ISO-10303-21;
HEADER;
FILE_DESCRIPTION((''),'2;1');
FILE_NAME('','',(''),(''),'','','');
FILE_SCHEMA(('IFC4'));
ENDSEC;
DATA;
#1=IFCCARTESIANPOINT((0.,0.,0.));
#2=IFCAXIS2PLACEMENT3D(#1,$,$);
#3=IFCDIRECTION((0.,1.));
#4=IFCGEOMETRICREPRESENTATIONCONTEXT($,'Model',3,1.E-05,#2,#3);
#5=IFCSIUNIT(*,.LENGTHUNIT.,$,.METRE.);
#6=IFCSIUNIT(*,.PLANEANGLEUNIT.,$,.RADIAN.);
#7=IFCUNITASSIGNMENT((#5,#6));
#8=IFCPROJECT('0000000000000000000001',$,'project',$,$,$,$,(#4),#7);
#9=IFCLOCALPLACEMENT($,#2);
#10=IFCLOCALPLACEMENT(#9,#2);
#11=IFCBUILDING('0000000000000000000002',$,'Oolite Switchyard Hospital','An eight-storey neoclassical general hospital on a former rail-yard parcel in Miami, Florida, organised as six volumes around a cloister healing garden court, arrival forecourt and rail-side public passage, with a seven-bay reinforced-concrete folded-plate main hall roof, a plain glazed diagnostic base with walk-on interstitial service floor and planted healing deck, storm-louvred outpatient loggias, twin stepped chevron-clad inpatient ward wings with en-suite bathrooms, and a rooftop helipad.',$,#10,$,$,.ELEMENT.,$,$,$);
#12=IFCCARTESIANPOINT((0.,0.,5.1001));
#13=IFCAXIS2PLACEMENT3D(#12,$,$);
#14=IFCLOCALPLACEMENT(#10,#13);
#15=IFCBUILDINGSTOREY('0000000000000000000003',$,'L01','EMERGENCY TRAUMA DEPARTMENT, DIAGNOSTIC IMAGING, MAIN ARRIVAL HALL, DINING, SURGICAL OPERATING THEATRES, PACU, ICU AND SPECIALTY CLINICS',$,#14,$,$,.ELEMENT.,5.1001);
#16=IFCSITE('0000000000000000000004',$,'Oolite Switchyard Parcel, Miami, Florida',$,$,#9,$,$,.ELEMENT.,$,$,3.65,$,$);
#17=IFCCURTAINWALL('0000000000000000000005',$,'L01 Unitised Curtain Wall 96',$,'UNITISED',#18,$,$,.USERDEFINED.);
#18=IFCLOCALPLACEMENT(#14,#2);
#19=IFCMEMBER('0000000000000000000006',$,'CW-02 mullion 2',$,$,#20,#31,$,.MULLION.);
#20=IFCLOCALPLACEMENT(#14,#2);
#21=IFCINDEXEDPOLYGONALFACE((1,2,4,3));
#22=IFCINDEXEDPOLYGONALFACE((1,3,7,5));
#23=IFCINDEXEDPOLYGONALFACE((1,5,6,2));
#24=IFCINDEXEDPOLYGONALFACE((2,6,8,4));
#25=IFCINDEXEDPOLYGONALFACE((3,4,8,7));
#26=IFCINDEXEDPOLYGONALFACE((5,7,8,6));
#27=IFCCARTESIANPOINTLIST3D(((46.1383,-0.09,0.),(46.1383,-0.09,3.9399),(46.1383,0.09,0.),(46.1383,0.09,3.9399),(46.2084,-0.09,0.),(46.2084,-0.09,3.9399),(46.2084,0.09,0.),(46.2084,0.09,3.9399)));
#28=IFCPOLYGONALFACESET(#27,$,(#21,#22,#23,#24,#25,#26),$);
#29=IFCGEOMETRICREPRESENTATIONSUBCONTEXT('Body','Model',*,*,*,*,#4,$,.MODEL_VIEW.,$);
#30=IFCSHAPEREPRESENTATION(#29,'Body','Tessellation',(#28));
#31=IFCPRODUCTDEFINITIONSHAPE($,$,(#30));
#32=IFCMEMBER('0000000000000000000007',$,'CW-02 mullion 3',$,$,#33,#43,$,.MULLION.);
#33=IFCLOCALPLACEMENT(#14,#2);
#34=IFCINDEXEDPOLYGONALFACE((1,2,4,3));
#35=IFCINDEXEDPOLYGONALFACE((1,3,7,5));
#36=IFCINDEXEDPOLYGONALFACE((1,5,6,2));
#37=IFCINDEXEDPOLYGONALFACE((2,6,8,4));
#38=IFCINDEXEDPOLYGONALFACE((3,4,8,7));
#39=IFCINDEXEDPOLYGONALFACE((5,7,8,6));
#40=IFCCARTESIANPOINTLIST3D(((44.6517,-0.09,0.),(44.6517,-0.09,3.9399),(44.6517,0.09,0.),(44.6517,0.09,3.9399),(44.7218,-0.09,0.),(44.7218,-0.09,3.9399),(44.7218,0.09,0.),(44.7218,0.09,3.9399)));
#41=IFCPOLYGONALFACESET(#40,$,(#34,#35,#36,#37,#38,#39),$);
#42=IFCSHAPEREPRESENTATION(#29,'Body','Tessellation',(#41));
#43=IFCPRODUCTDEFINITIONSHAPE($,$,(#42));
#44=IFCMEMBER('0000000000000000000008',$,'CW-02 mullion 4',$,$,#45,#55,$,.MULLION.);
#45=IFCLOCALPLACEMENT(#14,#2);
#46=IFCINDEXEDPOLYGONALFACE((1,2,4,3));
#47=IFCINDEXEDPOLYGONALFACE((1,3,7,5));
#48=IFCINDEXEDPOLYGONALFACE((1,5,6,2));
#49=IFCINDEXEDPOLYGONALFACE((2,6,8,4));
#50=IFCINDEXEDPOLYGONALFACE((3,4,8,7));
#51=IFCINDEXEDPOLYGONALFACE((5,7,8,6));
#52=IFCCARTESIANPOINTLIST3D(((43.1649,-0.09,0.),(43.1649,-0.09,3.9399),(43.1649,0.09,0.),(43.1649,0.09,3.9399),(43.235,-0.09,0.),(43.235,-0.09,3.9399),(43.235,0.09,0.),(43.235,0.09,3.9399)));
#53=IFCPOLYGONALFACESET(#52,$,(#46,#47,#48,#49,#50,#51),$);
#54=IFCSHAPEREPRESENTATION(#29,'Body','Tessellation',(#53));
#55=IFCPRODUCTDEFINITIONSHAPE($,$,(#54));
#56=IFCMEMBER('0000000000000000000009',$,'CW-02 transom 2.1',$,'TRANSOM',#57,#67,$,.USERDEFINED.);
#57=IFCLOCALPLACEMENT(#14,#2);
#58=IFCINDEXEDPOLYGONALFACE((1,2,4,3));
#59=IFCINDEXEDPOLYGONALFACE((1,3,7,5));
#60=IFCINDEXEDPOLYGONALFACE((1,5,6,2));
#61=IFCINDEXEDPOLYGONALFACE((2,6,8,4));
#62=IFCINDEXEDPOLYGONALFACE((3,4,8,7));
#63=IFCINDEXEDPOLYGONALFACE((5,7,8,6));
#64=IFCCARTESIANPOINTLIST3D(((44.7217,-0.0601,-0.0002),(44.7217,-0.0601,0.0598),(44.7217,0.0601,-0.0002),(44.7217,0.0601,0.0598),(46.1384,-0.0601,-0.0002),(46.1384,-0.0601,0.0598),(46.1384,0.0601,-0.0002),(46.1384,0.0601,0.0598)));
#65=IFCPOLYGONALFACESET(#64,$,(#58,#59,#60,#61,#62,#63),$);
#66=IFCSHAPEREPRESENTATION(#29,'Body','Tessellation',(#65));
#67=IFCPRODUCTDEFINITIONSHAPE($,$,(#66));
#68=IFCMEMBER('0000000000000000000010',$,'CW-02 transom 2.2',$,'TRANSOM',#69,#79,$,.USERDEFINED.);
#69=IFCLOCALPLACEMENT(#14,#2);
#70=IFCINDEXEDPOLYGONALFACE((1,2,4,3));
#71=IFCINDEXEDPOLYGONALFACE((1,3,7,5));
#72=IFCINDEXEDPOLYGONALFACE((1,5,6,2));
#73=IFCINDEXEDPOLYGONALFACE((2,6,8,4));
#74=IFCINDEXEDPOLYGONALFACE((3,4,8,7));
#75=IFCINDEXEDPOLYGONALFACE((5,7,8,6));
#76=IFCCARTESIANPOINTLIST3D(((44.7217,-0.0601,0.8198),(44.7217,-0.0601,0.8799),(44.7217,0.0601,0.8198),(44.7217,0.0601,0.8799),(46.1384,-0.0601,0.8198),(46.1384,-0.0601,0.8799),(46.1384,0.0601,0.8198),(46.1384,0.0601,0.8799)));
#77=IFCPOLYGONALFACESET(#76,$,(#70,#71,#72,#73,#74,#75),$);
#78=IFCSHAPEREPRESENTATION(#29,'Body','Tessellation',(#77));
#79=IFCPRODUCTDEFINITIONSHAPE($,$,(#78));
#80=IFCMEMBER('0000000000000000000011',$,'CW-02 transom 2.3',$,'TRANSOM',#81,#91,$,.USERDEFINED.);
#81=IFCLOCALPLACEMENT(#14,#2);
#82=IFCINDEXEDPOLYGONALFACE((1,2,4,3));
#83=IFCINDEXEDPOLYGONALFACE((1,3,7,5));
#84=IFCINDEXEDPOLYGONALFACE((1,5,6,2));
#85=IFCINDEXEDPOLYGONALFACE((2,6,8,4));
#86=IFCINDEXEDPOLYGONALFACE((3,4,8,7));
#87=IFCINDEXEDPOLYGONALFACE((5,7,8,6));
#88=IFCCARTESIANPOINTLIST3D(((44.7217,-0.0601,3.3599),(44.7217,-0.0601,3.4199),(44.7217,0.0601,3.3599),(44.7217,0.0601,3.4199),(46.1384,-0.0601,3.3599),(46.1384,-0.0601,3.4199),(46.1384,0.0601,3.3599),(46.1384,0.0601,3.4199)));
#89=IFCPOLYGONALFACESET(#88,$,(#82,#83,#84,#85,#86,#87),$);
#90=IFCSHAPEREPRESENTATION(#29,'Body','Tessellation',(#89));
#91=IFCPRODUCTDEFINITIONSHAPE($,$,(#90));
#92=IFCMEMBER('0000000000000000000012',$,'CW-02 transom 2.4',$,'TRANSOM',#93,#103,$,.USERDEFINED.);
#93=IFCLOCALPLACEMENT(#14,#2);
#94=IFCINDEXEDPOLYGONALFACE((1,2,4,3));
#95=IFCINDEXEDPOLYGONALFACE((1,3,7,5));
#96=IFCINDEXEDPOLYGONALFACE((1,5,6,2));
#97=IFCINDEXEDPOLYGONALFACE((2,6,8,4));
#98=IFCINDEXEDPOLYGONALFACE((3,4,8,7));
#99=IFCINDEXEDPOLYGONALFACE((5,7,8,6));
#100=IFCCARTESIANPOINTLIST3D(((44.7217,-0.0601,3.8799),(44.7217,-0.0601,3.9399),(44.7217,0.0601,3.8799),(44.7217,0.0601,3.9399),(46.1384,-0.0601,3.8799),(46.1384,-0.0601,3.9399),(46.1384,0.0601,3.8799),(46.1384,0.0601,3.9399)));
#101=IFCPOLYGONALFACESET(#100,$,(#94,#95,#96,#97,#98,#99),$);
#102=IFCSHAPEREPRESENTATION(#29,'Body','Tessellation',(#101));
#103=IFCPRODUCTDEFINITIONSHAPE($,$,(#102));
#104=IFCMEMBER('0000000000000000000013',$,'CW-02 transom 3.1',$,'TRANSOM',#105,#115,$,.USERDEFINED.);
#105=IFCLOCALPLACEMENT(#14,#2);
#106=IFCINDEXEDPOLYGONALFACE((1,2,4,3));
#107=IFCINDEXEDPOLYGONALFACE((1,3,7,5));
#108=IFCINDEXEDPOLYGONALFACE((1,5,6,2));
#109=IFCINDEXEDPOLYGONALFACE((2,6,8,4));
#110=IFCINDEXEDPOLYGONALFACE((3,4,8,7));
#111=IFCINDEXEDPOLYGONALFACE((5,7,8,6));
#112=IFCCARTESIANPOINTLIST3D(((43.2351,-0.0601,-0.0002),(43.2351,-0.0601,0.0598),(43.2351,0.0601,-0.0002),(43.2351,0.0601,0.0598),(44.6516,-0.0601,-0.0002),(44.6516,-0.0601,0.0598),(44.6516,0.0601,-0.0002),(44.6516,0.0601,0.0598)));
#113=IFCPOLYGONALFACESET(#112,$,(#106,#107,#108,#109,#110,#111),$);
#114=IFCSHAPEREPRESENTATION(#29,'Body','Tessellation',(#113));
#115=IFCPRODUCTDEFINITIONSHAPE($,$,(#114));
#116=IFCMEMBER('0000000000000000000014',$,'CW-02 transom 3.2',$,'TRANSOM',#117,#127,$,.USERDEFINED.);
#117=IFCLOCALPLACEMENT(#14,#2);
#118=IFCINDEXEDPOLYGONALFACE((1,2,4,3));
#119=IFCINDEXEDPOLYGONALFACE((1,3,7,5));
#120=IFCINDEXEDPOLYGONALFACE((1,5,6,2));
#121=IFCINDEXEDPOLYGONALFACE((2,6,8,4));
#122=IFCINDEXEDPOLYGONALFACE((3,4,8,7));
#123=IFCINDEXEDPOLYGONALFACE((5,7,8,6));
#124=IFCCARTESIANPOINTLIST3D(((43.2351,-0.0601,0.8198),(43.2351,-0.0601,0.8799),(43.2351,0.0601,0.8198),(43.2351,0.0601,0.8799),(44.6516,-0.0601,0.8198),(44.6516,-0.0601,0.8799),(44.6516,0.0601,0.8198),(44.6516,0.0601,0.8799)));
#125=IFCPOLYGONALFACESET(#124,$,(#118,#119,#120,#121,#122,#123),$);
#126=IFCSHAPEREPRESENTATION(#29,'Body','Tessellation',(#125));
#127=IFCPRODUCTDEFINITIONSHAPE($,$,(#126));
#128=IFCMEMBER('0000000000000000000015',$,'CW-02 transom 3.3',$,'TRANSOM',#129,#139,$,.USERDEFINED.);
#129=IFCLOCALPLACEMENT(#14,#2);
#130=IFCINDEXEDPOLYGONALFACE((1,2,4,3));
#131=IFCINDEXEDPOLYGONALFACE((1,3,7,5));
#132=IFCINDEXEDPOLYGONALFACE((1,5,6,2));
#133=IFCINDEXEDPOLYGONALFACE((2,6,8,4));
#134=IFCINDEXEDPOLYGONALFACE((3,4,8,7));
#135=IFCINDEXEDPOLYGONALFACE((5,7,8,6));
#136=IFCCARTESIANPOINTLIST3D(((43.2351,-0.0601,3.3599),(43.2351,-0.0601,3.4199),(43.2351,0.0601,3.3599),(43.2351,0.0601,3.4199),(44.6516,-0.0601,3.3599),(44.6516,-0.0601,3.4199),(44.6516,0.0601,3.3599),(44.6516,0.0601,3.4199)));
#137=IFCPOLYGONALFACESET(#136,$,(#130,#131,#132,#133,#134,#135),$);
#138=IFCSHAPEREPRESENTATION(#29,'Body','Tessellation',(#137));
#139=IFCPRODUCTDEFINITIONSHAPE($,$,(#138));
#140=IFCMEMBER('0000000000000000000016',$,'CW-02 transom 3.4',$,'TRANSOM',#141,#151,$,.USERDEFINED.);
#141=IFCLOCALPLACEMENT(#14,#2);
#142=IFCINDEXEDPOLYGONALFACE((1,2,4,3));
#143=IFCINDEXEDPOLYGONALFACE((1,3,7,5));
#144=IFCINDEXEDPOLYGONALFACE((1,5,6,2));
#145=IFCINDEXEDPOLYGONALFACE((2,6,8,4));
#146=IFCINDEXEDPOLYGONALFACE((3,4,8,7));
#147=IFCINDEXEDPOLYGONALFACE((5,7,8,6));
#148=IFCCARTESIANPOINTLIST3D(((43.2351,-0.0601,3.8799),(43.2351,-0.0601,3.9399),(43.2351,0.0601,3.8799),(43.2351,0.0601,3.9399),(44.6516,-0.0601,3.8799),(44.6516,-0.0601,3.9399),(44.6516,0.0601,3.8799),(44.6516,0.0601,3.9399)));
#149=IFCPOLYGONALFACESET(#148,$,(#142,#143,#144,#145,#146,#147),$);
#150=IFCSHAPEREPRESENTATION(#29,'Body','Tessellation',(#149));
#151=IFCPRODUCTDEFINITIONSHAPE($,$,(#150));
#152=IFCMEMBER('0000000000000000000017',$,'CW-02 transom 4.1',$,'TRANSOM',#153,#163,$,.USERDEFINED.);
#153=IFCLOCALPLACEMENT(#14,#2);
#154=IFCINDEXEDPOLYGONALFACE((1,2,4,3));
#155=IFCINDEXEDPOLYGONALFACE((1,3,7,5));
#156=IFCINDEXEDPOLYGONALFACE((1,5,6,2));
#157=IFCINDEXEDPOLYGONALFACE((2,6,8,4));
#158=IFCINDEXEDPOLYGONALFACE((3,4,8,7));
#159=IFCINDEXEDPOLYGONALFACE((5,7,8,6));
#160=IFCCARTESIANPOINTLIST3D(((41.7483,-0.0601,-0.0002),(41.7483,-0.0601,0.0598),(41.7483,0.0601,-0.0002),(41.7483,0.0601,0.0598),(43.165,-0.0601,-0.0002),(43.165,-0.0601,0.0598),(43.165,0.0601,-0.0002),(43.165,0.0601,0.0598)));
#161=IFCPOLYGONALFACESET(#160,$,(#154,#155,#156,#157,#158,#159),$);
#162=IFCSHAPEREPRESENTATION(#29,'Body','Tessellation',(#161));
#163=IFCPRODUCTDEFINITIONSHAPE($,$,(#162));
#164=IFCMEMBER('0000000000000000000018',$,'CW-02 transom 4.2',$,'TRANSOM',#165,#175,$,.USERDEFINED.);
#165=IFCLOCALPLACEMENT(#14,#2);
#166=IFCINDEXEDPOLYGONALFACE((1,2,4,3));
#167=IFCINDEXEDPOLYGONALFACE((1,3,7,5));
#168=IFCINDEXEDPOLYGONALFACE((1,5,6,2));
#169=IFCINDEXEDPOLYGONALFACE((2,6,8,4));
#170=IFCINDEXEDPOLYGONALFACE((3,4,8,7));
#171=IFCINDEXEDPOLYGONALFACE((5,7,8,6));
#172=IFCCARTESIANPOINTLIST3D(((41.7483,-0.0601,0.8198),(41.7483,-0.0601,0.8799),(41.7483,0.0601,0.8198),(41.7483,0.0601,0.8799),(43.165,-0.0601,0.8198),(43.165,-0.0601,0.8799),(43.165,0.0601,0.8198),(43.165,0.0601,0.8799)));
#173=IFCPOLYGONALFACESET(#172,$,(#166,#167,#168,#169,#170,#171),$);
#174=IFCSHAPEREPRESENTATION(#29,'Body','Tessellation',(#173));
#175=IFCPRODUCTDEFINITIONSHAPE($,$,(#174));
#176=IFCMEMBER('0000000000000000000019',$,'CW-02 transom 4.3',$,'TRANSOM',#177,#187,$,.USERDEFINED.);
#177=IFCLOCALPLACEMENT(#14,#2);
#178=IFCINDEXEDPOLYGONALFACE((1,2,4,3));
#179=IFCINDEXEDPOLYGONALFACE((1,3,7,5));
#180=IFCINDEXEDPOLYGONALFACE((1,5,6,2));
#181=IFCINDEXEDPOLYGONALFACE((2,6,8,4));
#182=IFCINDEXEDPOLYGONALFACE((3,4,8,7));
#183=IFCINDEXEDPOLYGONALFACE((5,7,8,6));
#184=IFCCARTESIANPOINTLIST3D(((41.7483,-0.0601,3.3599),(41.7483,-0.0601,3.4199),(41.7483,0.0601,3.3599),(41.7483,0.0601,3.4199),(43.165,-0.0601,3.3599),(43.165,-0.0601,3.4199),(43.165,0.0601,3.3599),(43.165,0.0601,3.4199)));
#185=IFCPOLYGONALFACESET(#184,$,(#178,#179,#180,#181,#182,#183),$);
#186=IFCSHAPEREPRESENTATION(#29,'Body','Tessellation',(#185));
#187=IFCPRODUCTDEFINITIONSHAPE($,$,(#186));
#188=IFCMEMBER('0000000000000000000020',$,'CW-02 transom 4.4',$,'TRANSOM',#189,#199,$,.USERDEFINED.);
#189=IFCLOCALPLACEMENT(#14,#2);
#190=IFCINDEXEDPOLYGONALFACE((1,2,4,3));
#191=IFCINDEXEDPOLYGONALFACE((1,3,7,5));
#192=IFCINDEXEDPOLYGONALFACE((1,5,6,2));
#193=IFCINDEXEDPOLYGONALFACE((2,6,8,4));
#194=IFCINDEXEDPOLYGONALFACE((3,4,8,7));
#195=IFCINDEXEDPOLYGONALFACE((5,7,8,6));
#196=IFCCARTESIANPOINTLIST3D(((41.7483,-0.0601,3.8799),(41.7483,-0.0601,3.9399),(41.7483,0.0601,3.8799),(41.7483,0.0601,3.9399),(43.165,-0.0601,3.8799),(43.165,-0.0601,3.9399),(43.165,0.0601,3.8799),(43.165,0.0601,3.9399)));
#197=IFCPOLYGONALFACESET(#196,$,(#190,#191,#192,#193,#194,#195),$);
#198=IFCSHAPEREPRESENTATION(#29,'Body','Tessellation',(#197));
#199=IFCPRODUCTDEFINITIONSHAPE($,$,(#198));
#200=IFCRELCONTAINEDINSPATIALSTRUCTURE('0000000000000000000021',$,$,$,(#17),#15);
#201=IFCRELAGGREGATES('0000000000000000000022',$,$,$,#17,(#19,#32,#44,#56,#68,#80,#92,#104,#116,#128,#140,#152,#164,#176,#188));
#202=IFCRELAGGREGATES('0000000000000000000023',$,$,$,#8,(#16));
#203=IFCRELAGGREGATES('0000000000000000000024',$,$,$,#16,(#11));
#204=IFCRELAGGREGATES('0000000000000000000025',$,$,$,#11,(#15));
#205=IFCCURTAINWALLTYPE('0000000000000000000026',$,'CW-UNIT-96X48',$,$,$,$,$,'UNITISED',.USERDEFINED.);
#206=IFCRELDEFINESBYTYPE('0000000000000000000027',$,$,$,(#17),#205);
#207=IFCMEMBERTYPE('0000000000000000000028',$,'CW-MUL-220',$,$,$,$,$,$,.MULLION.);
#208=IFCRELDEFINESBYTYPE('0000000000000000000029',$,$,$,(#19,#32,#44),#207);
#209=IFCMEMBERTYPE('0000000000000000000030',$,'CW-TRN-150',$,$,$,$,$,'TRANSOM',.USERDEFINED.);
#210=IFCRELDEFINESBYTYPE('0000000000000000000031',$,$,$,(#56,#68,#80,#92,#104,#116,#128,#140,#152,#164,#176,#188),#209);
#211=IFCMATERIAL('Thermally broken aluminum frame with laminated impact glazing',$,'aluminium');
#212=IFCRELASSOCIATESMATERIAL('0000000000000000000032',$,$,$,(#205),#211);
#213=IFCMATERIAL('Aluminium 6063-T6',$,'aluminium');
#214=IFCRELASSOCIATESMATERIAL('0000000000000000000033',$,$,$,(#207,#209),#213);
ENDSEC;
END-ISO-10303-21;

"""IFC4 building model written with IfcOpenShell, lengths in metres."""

from ifc_helpers import new_model, si_unit, direction, frame, origin, origin_2d, place, context, subcontext, project, spatial, rectangle, extrude, material, material_profile, profile_set, type_object, element, aggregate, save


model = new_model("IFC4")

# Units and contexts
model_context = context("Model", 3, precision=1e-05, world=origin(), true_north=direction((0.0, 1.0)))
body_context = subcontext(model_context, "Body", "Model", "MODEL_VIEW")
ifc_project = project(units=[si_unit("LENGTHUNIT", "METRE"), si_unit("PLANEANGLEUNIT", "RADIAN")], contexts=[model_context])

# Site, building, storey
site_placement = place(None, origin())
site = spatial("IfcSite", under=ifc_project, at=site_placement, Name="Oolite Switchyard Parcel, Miami, Florida", CompositionType="ELEMENT", RefElevation=3.65)
building_placement = place(site_placement, origin())
building = spatial("IfcBuilding", under=site, at=building_placement, Name="Oolite Switchyard Hospital", Description="An eight-storey neoclassical general hospital on a former rail-yard parcel in Miami, Florida, organised as six volumes around a cloister healing garden court, arrival forecourt and rail-side public passage, with a seven-bay reinforced-concrete folded-plate main hall roof, a plain glazed diagnostic base with walk-on interstitial service floor and planted healing deck, storm-louvred outpatient loggias, twin stepped chevron-clad inpatient ward wings with en-suite bathrooms, and a rooftop helipad.", CompositionType="ELEMENT")
storey_placement = place(building_placement, frame((0.0, 0.0, 5.1001)))
storey = spatial("IfcBuildingStorey", under=building, at=storey_placement, Name="L01", Description="EMERGENCY TRAUMA DEPARTMENT, DIAGNOSTIC IMAGING, MAIN ARRIVAL HALL, DINING, SURGICAL OPERATING THEATRES, PACU, ICU AND SPECIALTY CLINICS", CompositionType="ELEMENT", Elevation=5.1001)

# Curtain wall, members
ifc_material_1 = material(Name="Thermally broken aluminum frame with laminated impact glazing", Category="aluminium")
curtain_wall_type = type_object("IfcCurtainWallType", Name="CW-UNIT-96X48", ElementType="UNITISED", PredefinedType="USERDEFINED", material=ifc_material_1)
curtain_wall_placement = place(storey_placement, origin())
curtain_wall = element("IfcCurtainWall", 1, at=curtain_wall_placement, inside=storey, type_object=curtain_wall_type, Name="L01 Unitised Curtain Wall 96", ObjectType="UNITISED", PredefinedType="USERDEFINED")
ifc_material_2 = material(Name="Aluminium 6063-T6", Category="aluminium")
ifc_material_profile_1 = material_profile(ifc_material_2, rectangle(XDim=0.1799, YDim=0.0701, at=origin_2d()), Name="CWM70X180")
ifc_profile_set_1 = profile_set([ifc_material_profile_1], Name="Aluminium 6063-T6")
member_type_1 = type_object("IfcMemberType", Name="CW-MUL-220", PredefinedType="MULLION", material=ifc_profile_set_1)
member_1_placement = place(storey_placement, frame((46.1733, 0.0, 0.0), z_axis=(0.0, 0.0, 1.0), x_axis=(0.0, -1.0, 0.0)))
member_1 = element("IfcMember", 2, at=member_1_placement, type_object=member_type_1, Name="CW-02 mullion 2", PredefinedType="MULLION", context=body_context, shape_type="SweptSolid", body=[
    extrude(rectangle(XDim=0.1799, YDim=0.0701, at=origin_2d()), origin(), (0.0, 0.0, 1.0), 3.9399),
])
member_2_placement = place(storey_placement, frame((44.6868, 0.0, 0.0), z_axis=(0.0, 0.0, 1.0), x_axis=(0.0, -1.0, 0.0)))
member_2 = element("IfcMember", 3, at=member_2_placement, type_object=member_type_1, Name="CW-02 mullion 3", PredefinedType="MULLION", context=body_context, shape_type="SweptSolid", body=[
    extrude(rectangle(XDim=0.1799, YDim=0.0701, at=origin_2d()), origin(), (0.0, 0.0, 1.0), 3.9399),
])
member_3_placement = place(storey_placement, frame((43.2, 0.0, 0.0), z_axis=(0.0, 0.0, 1.0), x_axis=(0.0, -1.0, 0.0)))
member_3 = element("IfcMember", 4, at=member_3_placement, type_object=member_type_1, Name="CW-02 mullion 4", PredefinedType="MULLION", context=body_context, shape_type="SweptSolid", body=[
    extrude(rectangle(XDim=0.1799, YDim=0.0701, at=origin_2d()), origin(), (0.0, 0.0, 1.0), 3.9399),
])
ifc_material_profile_2 = material_profile(ifc_material_2, rectangle(XDim=0.1201, YDim=0.0601, at=origin_2d()), Name="CWT60X120")
ifc_profile_set_2 = profile_set([ifc_material_profile_2], Name="Aluminium 6063-T6")
member_type_2 = type_object("IfcMemberType", Name="CW-TRN-150", ElementType="TRANSOM", PredefinedType="USERDEFINED", material=ifc_profile_set_2)
member_4_placement = place(storey_placement, frame((46.1384, 0.0, 0.0298), z_axis=(-1.0, 0.0, 0.0), x_axis=(0.0, -1.0, 0.0)))
member_4 = element("IfcMember", 5, at=member_4_placement, type_object=member_type_2, Name="CW-02 transom 2.1", ObjectType="TRANSOM", PredefinedType="USERDEFINED", context=body_context, shape_type="SweptSolid", body=[
    extrude(rectangle(XDim=0.1201, YDim=0.0601, at=origin_2d()), origin(), (0.0, 0.0, 1.0), 1.4167),
])
member_5_placement = place(storey_placement, frame((46.1384, 0.0, 0.8499), z_axis=(-1.0, 0.0, 0.0), x_axis=(0.0, -1.0, 0.0)))
member_5 = element("IfcMember", 6, at=member_5_placement, type_object=member_type_2, Name="CW-02 transom 2.2", ObjectType="TRANSOM", PredefinedType="USERDEFINED", context=body_context, shape_type="SweptSolid", body=[
    extrude(rectangle(XDim=0.1201, YDim=0.0601, at=origin_2d()), origin(), (0.0, 0.0, 1.0), 1.4167),
])
member_6_placement = place(storey_placement, frame((46.1384, 0.0, 3.3899), z_axis=(-1.0, 0.0, 0.0), x_axis=(0.0, -1.0, 0.0)))
member_6 = element("IfcMember", 7, at=member_6_placement, type_object=member_type_2, Name="CW-02 transom 2.3", ObjectType="TRANSOM", PredefinedType="USERDEFINED", context=body_context, shape_type="SweptSolid", body=[
    extrude(rectangle(XDim=0.1201, YDim=0.0601, at=origin_2d()), origin(), (0.0, 0.0, 1.0), 1.4167),
])
member_7_placement = place(storey_placement, frame((46.1384, 0.0, 3.9099), z_axis=(-1.0, 0.0, 0.0), x_axis=(0.0, -1.0, 0.0)))
member_7 = element("IfcMember", 8, at=member_7_placement, type_object=member_type_2, Name="CW-02 transom 2.4", ObjectType="TRANSOM", PredefinedType="USERDEFINED", context=body_context, shape_type="SweptSolid", body=[
    extrude(rectangle(XDim=0.1201, YDim=0.0601, at=origin_2d()), origin(), (0.0, 0.0, 1.0), 1.4167),
])
member_8_placement = place(storey_placement, frame((44.6516, 0.0, 0.0298), z_axis=(-1.0, 0.0, 0.0), x_axis=(0.0, -1.0, 0.0)))
member_8 = element("IfcMember", 9, at=member_8_placement, type_object=member_type_2, Name="CW-02 transom 3.1", ObjectType="TRANSOM", PredefinedType="USERDEFINED", context=body_context, shape_type="SweptSolid", body=[
    extrude(rectangle(XDim=0.1201, YDim=0.0601, at=origin_2d()), origin(), (0.0, 0.0, 1.0), 1.4165),
])
member_9_placement = place(storey_placement, frame((44.6516, 0.0, 0.8499), z_axis=(-1.0, 0.0, 0.0), x_axis=(0.0, -1.0, 0.0)))
member_9 = element("IfcMember", 10, at=member_9_placement, type_object=member_type_2, Name="CW-02 transom 3.2", ObjectType="TRANSOM", PredefinedType="USERDEFINED", context=body_context, shape_type="SweptSolid", body=[
    extrude(rectangle(XDim=0.1201, YDim=0.0601, at=origin_2d()), origin(), (0.0, 0.0, 1.0), 1.4165),
])
member_10_placement = place(storey_placement, frame((44.6516, 0.0, 3.3899), z_axis=(-1.0, 0.0, 0.0), x_axis=(0.0, -1.0, 0.0)))
member_10 = element("IfcMember", 11, at=member_10_placement, type_object=member_type_2, Name="CW-02 transom 3.3", ObjectType="TRANSOM", PredefinedType="USERDEFINED", context=body_context, shape_type="SweptSolid", body=[
    extrude(rectangle(XDim=0.1201, YDim=0.0601, at=origin_2d()), origin(), (0.0, 0.0, 1.0), 1.4165),
])
member_11_placement = place(storey_placement, frame((44.6516, 0.0, 3.9099), z_axis=(-1.0, 0.0, 0.0), x_axis=(0.0, -1.0, 0.0)))
member_11 = element("IfcMember", 12, at=member_11_placement, type_object=member_type_2, Name="CW-02 transom 3.4", ObjectType="TRANSOM", PredefinedType="USERDEFINED", context=body_context, shape_type="SweptSolid", body=[
    extrude(rectangle(XDim=0.1201, YDim=0.0601, at=origin_2d()), origin(), (0.0, 0.0, 1.0), 1.4165),
])
member_12_placement = place(storey_placement, frame((43.165, 0.0, 0.0298), z_axis=(-1.0, 0.0, 0.0), x_axis=(0.0, -1.0, 0.0)))
member_12 = element("IfcMember", 13, at=member_12_placement, type_object=member_type_2, Name="CW-02 transom 4.1", ObjectType="TRANSOM", PredefinedType="USERDEFINED", context=body_context, shape_type="SweptSolid", body=[
    extrude(rectangle(XDim=0.1201, YDim=0.0601, at=origin_2d()), origin(), (0.0, 0.0, 1.0), 1.4167),
])
member_13_placement = place(storey_placement, frame((43.165, 0.0, 0.8499), z_axis=(-1.0, 0.0, 0.0), x_axis=(0.0, -1.0, 0.0)))
member_13 = element("IfcMember", 14, at=member_13_placement, type_object=member_type_2, Name="CW-02 transom 4.2", ObjectType="TRANSOM", PredefinedType="USERDEFINED", context=body_context, shape_type="SweptSolid", body=[
    extrude(rectangle(XDim=0.1201, YDim=0.0601, at=origin_2d()), origin(), (0.0, 0.0, 1.0), 1.4167),
])
member_14_placement = place(storey_placement, frame((43.165, 0.0, 3.3899), z_axis=(-1.0, 0.0, 0.0), x_axis=(0.0, -1.0, 0.0)))
member_14 = element("IfcMember", 15, at=member_14_placement, type_object=member_type_2, Name="CW-02 transom 4.3", ObjectType="TRANSOM", PredefinedType="USERDEFINED", context=body_context, shape_type="SweptSolid", body=[
    extrude(rectangle(XDim=0.1201, YDim=0.0601, at=origin_2d()), origin(), (0.0, 0.0, 1.0), 1.4167),
])
member_15_placement = place(storey_placement, frame((43.165, 0.0, 3.9099), z_axis=(-1.0, 0.0, 0.0), x_axis=(0.0, -1.0, 0.0)))
member_15 = element("IfcMember", 16, at=member_15_placement, type_object=member_type_2, Name="CW-02 transom 4.4", ObjectType="TRANSOM", PredefinedType="USERDEFINED", context=body_context, shape_type="SweptSolid", body=[
    extrude(rectangle(XDim=0.1201, YDim=0.0601, at=origin_2d()), origin(), (0.0, 0.0, 1.0), 1.4167),
])
aggregate(curtain_wall, [member_1, member_2, member_3, member_4, member_5, member_6, member_7, member_8, member_9, member_10, member_11, member_12, member_13, member_14, member_15])

save(model, "model.ifc")
